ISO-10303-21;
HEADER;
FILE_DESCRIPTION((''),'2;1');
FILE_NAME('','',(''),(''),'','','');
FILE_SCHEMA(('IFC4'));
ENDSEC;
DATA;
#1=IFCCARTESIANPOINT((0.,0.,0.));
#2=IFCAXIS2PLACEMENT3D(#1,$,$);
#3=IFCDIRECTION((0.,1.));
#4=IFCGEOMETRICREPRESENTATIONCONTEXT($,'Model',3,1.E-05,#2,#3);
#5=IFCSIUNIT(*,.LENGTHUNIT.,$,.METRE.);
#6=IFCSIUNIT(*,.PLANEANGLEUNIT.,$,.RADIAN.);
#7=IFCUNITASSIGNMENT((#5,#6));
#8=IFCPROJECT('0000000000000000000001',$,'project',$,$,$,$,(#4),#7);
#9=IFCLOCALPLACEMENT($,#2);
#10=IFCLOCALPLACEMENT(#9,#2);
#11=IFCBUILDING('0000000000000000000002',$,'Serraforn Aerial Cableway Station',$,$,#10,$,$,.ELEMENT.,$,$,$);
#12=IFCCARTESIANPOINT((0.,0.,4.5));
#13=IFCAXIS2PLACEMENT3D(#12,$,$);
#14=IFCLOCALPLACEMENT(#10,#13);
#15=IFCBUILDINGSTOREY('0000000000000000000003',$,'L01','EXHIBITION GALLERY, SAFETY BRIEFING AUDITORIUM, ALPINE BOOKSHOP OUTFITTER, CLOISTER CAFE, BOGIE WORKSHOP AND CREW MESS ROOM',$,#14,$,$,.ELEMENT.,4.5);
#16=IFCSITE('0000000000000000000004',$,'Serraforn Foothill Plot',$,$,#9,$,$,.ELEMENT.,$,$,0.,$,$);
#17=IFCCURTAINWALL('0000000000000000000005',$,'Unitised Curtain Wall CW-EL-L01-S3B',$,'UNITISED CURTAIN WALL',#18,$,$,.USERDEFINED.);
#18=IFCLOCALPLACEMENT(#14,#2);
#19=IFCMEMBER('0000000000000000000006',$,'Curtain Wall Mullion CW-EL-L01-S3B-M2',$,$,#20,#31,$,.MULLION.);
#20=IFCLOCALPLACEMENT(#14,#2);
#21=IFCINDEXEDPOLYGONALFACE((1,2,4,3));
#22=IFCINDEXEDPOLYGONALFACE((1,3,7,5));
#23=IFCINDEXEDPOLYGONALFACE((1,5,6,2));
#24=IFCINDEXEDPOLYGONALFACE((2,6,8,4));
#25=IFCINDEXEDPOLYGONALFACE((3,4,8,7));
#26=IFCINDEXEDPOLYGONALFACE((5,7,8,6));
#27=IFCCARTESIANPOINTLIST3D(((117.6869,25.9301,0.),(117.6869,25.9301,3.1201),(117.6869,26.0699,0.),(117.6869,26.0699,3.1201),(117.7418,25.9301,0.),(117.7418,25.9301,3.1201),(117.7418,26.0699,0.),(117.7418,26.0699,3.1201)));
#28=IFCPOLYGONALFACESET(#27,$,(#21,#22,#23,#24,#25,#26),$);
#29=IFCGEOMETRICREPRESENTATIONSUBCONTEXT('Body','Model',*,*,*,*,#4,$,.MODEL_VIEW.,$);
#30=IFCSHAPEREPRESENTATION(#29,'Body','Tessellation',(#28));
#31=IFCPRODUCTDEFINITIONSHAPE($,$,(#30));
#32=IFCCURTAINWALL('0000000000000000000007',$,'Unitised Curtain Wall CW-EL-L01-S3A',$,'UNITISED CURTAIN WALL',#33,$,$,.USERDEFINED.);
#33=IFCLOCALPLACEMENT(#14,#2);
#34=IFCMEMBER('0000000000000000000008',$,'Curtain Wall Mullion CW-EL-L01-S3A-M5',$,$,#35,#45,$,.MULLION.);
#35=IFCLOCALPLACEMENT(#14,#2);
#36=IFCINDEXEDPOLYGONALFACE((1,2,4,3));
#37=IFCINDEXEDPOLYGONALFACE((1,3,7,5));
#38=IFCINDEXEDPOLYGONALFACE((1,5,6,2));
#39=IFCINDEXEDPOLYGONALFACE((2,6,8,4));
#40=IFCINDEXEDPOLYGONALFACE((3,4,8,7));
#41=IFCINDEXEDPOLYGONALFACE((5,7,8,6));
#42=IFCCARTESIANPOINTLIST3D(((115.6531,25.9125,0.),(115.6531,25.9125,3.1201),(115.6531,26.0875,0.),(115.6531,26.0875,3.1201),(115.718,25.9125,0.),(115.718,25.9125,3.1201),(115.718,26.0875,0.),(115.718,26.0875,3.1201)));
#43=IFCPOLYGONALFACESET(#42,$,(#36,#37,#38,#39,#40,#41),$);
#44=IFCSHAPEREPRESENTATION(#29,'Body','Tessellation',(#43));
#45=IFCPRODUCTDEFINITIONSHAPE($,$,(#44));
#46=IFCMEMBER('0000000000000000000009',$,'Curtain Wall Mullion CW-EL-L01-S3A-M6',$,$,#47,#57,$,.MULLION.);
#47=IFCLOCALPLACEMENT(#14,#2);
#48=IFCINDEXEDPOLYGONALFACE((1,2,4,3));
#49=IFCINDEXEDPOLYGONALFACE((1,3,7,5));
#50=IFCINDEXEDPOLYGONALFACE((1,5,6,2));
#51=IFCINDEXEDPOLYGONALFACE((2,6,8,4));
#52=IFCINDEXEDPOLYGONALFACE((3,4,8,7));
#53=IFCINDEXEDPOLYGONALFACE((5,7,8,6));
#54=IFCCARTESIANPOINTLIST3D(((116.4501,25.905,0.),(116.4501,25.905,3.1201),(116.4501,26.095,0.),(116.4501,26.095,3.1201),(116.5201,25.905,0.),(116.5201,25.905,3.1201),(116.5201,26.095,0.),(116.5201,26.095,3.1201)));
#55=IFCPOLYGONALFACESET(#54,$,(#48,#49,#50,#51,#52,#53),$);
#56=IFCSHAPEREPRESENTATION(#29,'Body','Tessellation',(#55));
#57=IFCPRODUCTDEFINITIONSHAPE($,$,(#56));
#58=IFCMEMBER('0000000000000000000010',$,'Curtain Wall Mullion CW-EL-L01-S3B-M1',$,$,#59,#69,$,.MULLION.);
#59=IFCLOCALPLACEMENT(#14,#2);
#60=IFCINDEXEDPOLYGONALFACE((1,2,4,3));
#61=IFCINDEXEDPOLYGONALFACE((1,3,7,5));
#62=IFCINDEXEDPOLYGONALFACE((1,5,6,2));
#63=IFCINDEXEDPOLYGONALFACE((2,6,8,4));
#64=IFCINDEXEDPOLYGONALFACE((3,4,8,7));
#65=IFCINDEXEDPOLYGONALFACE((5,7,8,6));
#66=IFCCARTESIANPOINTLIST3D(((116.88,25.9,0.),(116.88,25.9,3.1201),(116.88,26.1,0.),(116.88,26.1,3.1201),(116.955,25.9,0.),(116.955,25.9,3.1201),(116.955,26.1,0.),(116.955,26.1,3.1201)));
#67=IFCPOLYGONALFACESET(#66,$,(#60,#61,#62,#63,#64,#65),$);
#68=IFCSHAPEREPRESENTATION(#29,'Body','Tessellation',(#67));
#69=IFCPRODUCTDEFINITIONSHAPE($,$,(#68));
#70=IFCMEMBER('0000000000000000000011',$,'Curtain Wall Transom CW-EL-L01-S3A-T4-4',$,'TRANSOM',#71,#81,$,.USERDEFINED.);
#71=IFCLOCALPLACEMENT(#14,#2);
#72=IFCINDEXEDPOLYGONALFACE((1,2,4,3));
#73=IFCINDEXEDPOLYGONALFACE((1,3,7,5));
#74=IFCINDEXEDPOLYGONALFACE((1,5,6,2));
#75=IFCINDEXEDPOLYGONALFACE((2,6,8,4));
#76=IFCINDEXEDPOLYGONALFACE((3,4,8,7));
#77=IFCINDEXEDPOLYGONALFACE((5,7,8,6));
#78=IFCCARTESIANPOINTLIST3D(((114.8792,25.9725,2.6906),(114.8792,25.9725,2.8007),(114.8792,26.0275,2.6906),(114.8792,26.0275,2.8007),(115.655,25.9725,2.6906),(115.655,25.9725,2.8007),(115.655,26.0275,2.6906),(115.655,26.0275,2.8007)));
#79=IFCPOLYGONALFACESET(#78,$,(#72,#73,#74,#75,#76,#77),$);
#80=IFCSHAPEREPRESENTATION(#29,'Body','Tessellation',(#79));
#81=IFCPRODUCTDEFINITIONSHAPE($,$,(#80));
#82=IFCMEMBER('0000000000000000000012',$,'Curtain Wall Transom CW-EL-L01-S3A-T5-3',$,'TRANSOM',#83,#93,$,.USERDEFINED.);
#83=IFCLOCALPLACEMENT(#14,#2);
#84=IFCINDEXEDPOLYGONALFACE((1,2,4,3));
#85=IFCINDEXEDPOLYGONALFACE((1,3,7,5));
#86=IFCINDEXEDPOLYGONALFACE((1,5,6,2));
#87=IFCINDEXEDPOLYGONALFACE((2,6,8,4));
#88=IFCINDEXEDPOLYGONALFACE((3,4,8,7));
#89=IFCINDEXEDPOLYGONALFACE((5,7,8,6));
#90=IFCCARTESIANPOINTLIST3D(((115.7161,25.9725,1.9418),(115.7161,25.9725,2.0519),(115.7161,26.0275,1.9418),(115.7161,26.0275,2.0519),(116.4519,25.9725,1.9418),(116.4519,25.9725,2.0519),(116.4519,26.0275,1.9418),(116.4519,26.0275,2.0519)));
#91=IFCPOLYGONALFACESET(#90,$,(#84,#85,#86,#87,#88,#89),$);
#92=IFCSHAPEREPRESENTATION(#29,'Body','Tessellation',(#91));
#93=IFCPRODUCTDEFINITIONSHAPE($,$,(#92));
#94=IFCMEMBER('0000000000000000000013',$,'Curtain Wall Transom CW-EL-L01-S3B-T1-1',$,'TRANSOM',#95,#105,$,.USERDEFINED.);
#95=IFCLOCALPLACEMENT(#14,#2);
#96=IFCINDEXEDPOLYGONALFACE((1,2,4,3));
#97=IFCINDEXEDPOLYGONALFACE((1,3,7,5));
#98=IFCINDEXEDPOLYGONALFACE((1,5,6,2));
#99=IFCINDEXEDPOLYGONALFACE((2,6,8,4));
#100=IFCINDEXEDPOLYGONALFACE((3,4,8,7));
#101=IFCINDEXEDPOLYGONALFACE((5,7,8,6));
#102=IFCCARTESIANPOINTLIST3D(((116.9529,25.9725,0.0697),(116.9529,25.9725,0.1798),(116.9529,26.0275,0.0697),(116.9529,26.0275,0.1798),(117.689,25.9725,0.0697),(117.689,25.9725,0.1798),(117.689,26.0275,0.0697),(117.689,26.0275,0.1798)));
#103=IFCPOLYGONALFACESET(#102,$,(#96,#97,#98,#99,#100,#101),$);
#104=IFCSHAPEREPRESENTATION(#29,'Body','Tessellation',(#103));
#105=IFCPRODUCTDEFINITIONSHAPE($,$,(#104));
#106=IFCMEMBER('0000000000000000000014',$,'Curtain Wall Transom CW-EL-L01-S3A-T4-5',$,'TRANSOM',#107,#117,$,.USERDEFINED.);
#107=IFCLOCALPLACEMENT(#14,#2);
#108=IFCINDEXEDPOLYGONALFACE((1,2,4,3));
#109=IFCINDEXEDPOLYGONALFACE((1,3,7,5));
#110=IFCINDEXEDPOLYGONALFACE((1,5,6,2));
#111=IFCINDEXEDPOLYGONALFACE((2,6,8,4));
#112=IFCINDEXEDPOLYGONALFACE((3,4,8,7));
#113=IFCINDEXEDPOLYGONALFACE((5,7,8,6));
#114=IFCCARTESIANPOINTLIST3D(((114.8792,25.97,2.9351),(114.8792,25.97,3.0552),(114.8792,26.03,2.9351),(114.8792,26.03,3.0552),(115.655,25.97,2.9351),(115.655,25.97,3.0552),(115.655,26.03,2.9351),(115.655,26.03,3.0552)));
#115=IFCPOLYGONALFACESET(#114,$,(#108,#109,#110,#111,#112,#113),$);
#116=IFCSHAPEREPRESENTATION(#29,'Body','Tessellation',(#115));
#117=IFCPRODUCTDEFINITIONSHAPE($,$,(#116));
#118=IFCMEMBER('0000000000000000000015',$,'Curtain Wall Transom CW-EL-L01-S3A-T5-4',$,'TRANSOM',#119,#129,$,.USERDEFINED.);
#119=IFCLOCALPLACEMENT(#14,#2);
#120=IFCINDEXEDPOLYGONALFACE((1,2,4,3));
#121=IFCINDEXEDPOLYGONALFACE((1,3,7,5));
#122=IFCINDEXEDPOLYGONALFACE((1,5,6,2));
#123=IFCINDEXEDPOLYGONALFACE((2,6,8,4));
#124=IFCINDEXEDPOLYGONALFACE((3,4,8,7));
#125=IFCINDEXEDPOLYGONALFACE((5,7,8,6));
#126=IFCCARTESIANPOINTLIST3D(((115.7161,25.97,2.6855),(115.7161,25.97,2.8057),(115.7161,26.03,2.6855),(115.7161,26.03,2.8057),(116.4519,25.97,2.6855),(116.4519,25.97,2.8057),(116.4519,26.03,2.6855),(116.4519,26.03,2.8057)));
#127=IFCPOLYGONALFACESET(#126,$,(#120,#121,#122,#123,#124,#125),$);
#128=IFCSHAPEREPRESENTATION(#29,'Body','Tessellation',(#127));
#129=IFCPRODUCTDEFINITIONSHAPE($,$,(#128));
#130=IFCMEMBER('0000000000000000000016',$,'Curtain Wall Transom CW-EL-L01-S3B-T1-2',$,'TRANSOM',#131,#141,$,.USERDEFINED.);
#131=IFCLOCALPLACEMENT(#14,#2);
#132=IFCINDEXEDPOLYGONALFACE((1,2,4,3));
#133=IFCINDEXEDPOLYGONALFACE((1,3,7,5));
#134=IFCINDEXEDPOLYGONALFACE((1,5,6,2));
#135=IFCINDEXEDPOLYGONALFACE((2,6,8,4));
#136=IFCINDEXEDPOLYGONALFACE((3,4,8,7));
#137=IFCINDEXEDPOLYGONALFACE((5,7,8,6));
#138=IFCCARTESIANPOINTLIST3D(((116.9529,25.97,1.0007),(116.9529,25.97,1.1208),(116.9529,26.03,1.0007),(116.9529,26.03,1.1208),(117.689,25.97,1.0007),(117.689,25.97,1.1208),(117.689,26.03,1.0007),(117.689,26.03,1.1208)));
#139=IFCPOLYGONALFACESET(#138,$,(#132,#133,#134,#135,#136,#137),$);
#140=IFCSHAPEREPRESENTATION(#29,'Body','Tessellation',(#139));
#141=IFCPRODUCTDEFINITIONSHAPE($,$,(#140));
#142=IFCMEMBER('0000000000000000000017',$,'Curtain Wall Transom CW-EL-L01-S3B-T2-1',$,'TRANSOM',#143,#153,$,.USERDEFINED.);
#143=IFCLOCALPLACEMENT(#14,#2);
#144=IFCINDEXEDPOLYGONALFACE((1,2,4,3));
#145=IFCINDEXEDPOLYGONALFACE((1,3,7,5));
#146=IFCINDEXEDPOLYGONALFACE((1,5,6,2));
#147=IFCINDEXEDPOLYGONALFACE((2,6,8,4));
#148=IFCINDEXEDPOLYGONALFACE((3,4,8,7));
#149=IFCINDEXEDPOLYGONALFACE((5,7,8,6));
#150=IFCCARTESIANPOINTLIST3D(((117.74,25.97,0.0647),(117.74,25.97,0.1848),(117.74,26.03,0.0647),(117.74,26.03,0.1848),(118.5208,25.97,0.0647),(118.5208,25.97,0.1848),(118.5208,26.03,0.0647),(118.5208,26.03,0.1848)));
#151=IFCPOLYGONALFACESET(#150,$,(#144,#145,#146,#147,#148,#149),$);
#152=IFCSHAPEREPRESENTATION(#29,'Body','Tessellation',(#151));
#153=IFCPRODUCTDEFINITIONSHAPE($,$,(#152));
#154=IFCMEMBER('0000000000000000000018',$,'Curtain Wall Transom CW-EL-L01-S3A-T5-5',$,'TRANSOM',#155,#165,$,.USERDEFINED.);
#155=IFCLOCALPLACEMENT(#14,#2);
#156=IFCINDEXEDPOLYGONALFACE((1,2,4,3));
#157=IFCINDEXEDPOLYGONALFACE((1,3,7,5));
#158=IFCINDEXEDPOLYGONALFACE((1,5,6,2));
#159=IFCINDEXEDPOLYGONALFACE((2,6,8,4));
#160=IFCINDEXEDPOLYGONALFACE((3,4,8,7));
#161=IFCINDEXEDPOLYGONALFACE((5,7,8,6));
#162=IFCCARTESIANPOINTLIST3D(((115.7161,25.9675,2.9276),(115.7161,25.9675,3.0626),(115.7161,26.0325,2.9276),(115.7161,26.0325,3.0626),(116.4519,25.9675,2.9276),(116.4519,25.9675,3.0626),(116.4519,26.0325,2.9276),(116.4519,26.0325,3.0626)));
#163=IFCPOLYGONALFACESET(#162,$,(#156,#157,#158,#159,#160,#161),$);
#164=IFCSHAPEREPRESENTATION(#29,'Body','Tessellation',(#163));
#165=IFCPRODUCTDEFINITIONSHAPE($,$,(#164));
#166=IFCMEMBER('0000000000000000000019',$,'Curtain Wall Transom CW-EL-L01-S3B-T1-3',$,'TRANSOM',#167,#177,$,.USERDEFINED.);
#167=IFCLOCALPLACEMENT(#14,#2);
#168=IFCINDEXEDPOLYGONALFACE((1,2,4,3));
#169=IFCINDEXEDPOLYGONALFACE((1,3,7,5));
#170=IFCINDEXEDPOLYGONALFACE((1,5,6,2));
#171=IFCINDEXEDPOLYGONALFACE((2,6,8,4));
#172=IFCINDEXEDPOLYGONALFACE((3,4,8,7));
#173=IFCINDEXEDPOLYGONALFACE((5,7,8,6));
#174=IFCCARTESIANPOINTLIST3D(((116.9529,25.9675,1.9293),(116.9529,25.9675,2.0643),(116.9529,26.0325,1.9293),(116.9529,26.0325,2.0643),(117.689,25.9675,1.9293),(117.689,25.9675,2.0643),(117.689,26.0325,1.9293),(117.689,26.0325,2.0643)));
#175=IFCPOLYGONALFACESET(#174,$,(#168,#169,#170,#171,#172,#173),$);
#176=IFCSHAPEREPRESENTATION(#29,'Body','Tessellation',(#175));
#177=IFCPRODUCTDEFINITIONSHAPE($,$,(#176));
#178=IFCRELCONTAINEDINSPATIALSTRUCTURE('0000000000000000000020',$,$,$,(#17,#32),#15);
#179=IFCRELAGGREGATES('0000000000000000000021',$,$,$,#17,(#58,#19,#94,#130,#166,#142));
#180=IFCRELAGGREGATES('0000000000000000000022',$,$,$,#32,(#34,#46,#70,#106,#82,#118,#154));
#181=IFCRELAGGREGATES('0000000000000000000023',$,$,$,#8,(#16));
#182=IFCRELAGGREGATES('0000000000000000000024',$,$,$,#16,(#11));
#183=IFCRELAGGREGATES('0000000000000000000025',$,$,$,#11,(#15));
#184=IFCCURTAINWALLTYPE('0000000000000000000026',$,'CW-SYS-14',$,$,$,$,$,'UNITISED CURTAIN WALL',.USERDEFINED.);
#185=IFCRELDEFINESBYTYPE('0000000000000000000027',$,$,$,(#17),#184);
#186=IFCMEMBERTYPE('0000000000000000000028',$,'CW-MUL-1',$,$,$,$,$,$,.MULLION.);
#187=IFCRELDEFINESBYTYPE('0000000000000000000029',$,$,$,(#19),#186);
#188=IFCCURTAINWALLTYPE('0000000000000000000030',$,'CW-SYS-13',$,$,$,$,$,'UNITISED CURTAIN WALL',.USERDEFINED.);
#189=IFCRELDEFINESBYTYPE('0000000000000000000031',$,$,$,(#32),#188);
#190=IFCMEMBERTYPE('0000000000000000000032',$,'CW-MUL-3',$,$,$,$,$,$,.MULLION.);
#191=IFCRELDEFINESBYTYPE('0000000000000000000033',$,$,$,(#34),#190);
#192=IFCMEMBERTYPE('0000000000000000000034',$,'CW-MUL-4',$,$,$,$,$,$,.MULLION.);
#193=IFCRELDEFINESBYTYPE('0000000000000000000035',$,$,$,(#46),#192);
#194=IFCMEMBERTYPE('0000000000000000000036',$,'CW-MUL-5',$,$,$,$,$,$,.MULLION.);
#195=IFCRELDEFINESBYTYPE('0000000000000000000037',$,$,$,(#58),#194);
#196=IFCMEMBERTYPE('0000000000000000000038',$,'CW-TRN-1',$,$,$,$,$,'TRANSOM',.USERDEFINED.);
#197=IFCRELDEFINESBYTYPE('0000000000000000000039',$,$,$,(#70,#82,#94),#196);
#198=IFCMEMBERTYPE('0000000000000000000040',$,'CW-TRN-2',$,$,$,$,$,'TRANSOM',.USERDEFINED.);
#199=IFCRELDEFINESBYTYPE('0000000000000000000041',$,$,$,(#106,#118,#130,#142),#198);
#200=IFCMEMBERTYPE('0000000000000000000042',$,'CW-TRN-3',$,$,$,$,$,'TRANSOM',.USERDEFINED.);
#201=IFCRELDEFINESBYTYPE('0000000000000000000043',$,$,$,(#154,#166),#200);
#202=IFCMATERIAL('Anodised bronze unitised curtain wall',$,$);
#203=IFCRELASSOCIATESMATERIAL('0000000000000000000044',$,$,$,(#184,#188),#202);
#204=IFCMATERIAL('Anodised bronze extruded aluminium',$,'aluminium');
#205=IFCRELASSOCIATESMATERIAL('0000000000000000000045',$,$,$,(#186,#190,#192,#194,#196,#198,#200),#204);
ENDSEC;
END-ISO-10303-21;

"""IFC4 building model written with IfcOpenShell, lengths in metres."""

from ifc_helpers import new_model, si_unit, direction, frame, origin, origin_2d, place, context, subcontext, project, spatial, rectangle, extrude, material, material_profile, profile_set, type_object, element, aggregate, save


model = new_model("IFC4")

# Units and contexts
model_context = context("Model", 3, precision=1e-05, world=origin(), true_north=direction((0.0, 1.0)))
body_context = subcontext(model_context, "Body", "Model", "MODEL_VIEW")
ifc_project = project(units=[si_unit("LENGTHUNIT", "METRE"), si_unit("PLANEANGLEUNIT", "RADIAN")], contexts=[model_context])

# Site, building, storey
site_placement = place(None, origin())
site = spatial("IfcSite", under=ifc_project, at=site_placement, Name="Serraforn Foothill Plot", CompositionType="ELEMENT", RefElevation=0.0)
building_placement = place(site_placement, origin())
building = spatial("IfcBuilding", under=site, at=building_placement, Name="Serraforn Aerial Cableway Station", CompositionType="ELEMENT")
storey_placement = place(building_placement, frame((0.0, 0.0, 4.5)))
storey = spatial("IfcBuildingStorey", under=building, at=storey_placement, Name="L01", Description="EXHIBITION GALLERY, SAFETY BRIEFING AUDITORIUM, ALPINE BOOKSHOP OUTFITTER, CLOISTER CAFE, BOGIE WORKSHOP AND CREW MESS ROOM", CompositionType="ELEMENT", Elevation=4.5)

# Curtain wall, member
ifc_material_1 = material(Name="Anodised bronze unitised curtain wall")
curtain_wall_type_1 = type_object("IfcCurtainWallType", Name="CW-SYS-14", ElementType="UNITISED CURTAIN WALL", PredefinedType="USERDEFINED", material=ifc_material_1)
curtain_wall_1_placement = place(storey_placement, origin())
curtain_wall_1 = element("IfcCurtainWall", 1, at=curtain_wall_1_placement, inside=storey, type_object=curtain_wall_type_1, Name="Unitised Curtain Wall CW-EL-L01-S3B", ObjectType="UNITISED CURTAIN WALL", PredefinedType="USERDEFINED")
ifc_material_2 = material(Name="Anodised bronze extruded aluminium", Category="aluminium")
ifc_material_profile_1 = material_profile(ifc_material_2, rectangle(XDim=0.0549, YDim=0.1399, at=origin_2d()), Name="CW MULLION 55x140")
ifc_profile_set_1 = profile_set([ifc_material_profile_1], Name="Anodised bronze extruded aluminium")
member_type_1 = type_object("IfcMemberType", Name="CW-MUL-1", PredefinedType="MULLION", material=ifc_profile_set_1)
member_1_placement = place(storey_placement, frame((117.7144, 26.0, 0.0), z_axis=(0.0, 0.0, 1.0), x_axis=(1.0, 0.0, 0.0)))
member_1 = element("IfcMember", 2, at=member_1_placement, type_object=member_type_1, Name="Curtain Wall Mullion CW-EL-L01-S3B-M2", PredefinedType="MULLION", context=body_context, shape_type="SweptSolid", body=[
    extrude(rectangle(XDim=0.0549, YDim=0.1399, at=origin_2d()), origin(), (0.0, 0.0, 1.0), 3.1201),
])

# Curtain wall, members
curtain_wall_type_2 = type_object("IfcCurtainWallType", Name="CW-SYS-13", ElementType="UNITISED CURTAIN WALL", PredefinedType="USERDEFINED", material=ifc_material_1)
curtain_wall_2_placement = place(storey_placement, origin())
curtain_wall_2 = element("IfcCurtainWall", 3, at=curtain_wall_2_placement, inside=storey, type_object=curtain_wall_type_2, Name="Unitised Curtain Wall CW-EL-L01-S3A", ObjectType="UNITISED CURTAIN WALL", PredefinedType="USERDEFINED")
ifc_material_profile_2 = material_profile(ifc_material_2, rectangle(XDim=0.0649, YDim=0.175, at=origin_2d()), Name="CW MULLION 65x175")
ifc_profile_set_2 = profile_set([ifc_material_profile_2], Name="Anodised bronze extruded aluminium")
member_type_2 = type_object("IfcMemberType", Name="CW-MUL-3", PredefinedType="MULLION", material=ifc_profile_set_2)
member_2_placement = place(storey_placement, frame((115.6855, 26.0, 0.0), z_axis=(0.0, 0.0, 1.0), x_axis=(1.0, 0.0, 0.0)))
member_2 = element("IfcMember", 4, at=member_2_placement, type_object=member_type_2, Name="Curtain Wall Mullion CW-EL-L01-S3A-M5", PredefinedType="MULLION", context=body_context, shape_type="SweptSolid", body=[
    extrude(rectangle(XDim=0.0649, YDim=0.175, at=origin_2d()), origin(), (0.0, 0.0, 1.0), 3.1201),
])
ifc_material_profile_3 = material_profile(ifc_material_2, rectangle(XDim=0.0701, YDim=0.1899, at=origin_2d()), Name="CW MULLION 70x190")
ifc_profile_set_3 = profile_set([ifc_material_profile_3], Name="Anodised bronze extruded aluminium")
member_type_3 = type_object("IfcMemberType", Name="CW-MUL-4", PredefinedType="MULLION", material=ifc_profile_set_3)
member_3_placement = place(storey_placement, frame((116.4851, 26.0, 0.0), z_axis=(0.0, 0.0, 1.0), x_axis=(1.0, 0.0, 0.0)))
member_3 = element("IfcMember", 5, at=member_3_placement, type_object=member_type_3, Name="Curtain Wall Mullion CW-EL-L01-S3A-M6", PredefinedType="MULLION", context=body_context, shape_type="SweptSolid", body=[
    extrude(rectangle(XDim=0.0701, YDim=0.1899, at=origin_2d()), origin(), (0.0, 0.0, 1.0), 3.1201),
])

# Members
ifc_material_profile_4 = material_profile(ifc_material_2, rectangle(XDim=0.075, YDim=0.2, at=origin_2d()), Name="CW MULLION 75x200")
ifc_profile_set_4 = profile_set([ifc_material_profile_4], Name="Anodised bronze extruded aluminium")
member_type_4 = type_object("IfcMemberType", Name="CW-MUL-5", PredefinedType="MULLION", material=ifc_profile_set_4)
member_4_placement = place(storey_placement, frame((116.9175, 26.0, 0.0), z_axis=(0.0, 0.0, 1.0), x_axis=(1.0, 0.0, 0.0)))
member_4 = element("IfcMember", 6, at=member_4_placement, type_object=member_type_4, Name="Curtain Wall Mullion CW-EL-L01-S3B-M1", PredefinedType="MULLION", context=body_context, shape_type="SweptSolid", body=[
    extrude(rectangle(XDim=0.075, YDim=0.2, at=origin_2d()), origin(), (0.0, 0.0, 1.0), 3.1201),
])
ifc_material_profile_5 = material_profile(ifc_material_2, rectangle(XDim=0.0549, YDim=0.1101, at=origin_2d()), Name="CW TRANSOM 55x110")
ifc_profile_set_5 = profile_set([ifc_material_profile_5], Name="Anodised bronze extruded aluminium")
member_type_5 = type_object("IfcMemberType", Name="CW-TRN-1", ElementType="TRANSOM", PredefinedType="USERDEFINED", material=ifc_profile_set_5)
member_5_placement = place(storey_placement, frame((114.8792, 26.0, 2.7456), z_axis=(1.0, 0.0, 0.0), x_axis=(0.0, 1.0, 0.0)))
member_5 = element("IfcMember", 7, at=member_5_placement, type_object=member_type_5, Name="Curtain Wall Transom CW-EL-L01-S3A-T4-4", ObjectType="TRANSOM", PredefinedType="USERDEFINED", context=body_context, shape_type="SweptSolid", body=[
    extrude(rectangle(XDim=0.0549, YDim=0.1101, at=origin_2d()), origin(), (0.0, 0.0, 1.0), 0.7759),
])
member_6_placement = place(storey_placement, frame((115.7161, 26.0, 1.9968), z_axis=(1.0, 0.0, 0.0), x_axis=(0.0, 1.0, 0.0)))
member_6 = element("IfcMember", 8, at=member_6_placement, type_object=member_type_5, Name="Curtain Wall Transom CW-EL-L01-S3A-T5-3", ObjectType="TRANSOM", PredefinedType="USERDEFINED", context=body_context, shape_type="SweptSolid", body=[
    extrude(rectangle(XDim=0.0549, YDim=0.1101, at=origin_2d()), origin(), (0.0, 0.0, 1.0), 0.7358),
])
member_7_placement = place(storey_placement, frame((116.9529, 26.0, 0.1248), z_axis=(1.0, 0.0, 0.0), x_axis=(0.0, 1.0, 0.0)))
member_7 = element("IfcMember", 9, at=member_7_placement, type_object=member_type_5, Name="Curtain Wall Transom CW-EL-L01-S3B-T1-1", ObjectType="TRANSOM", PredefinedType="USERDEFINED", context=body_context, shape_type="SweptSolid", body=[
    extrude(rectangle(XDim=0.0549, YDim=0.1101, at=origin_2d()), origin(), (0.0, 0.0, 1.0), 0.7361),
])
ifc_material_profile_6 = material_profile(ifc_material_2, rectangle(XDim=0.0601, YDim=0.1201, at=origin_2d()), Name="CW TRANSOM 60x120")
ifc_profile_set_6 = profile_set([ifc_material_profile_6], Name="Anodised bronze extruded aluminium")
member_type_6 = type_object("IfcMemberType", Name="CW-TRN-2", ElementType="TRANSOM", PredefinedType="USERDEFINED", material=ifc_profile_set_6)
member_8_placement = place(storey_placement, frame((114.8792, 26.0, 2.9951), z_axis=(1.0, 0.0, 0.0), x_axis=(0.0, 1.0, 0.0)))
member_8 = element("IfcMember", 10, at=member_8_placement, type_object=member_type_6, Name="Curtain Wall Transom CW-EL-L01-S3A-T4-5", ObjectType="TRANSOM", PredefinedType="USERDEFINED", context=body_context, shape_type="SweptSolid", body=[
    extrude(rectangle(XDim=0.0601, YDim=0.1201, at=origin_2d()), origin(), (0.0, 0.0, 1.0), 0.7759),
])
member_9_placement = place(storey_placement, frame((115.7161, 26.0, 2.7456), z_axis=(1.0, 0.0, 0.0), x_axis=(0.0, 1.0, 0.0)))
member_9 = element("IfcMember", 11, at=member_9_placement, type_object=member_type_6, Name="Curtain Wall Transom CW-EL-L01-S3A-T5-4", ObjectType="TRANSOM", PredefinedType="USERDEFINED", context=body_context, shape_type="SweptSolid", body=[
    extrude(rectangle(XDim=0.0601, YDim=0.1201, at=origin_2d()), origin(), (0.0, 0.0, 1.0), 0.7358),
])
member_10_placement = place(storey_placement, frame((116.9529, 26.0, 1.0608), z_axis=(1.0, 0.0, 0.0), x_axis=(0.0, 1.0, 0.0)))
member_10 = element("IfcMember", 12, at=member_10_placement, type_object=member_type_6, Name="Curtain Wall Transom CW-EL-L01-S3B-T1-2", ObjectType="TRANSOM", PredefinedType="USERDEFINED", context=body_context, shape_type="SweptSolid", body=[
    extrude(rectangle(XDim=0.0601, YDim=0.1201, at=origin_2d()), origin(), (0.0, 0.0, 1.0), 0.7361),
])
member_11_placement = place(storey_placement, frame((117.74, 26.0, 0.1248), z_axis=(1.0, 0.0, 0.0), x_axis=(0.0, 1.0, 0.0)))
member_11 = element("IfcMember", 13, at=member_11_placement, type_object=member_type_6, Name="Curtain Wall Transom CW-EL-L01-S3B-T2-1", ObjectType="TRANSOM", PredefinedType="USERDEFINED", context=body_context, shape_type="SweptSolid", body=[
    extrude(rectangle(XDim=0.0601, YDim=0.1201, at=origin_2d()), origin(), (0.0, 0.0, 1.0), 0.7808),
])
ifc_material_profile_7 = material_profile(ifc_material_2, rectangle(XDim=0.0649, YDim=0.135, at=origin_2d()), Name="CW TRANSOM 65x135")
ifc_profile_set_7 = profile_set([ifc_material_profile_7], Name="Anodised bronze extruded aluminium")
member_type_7 = type_object("IfcMemberType", Name="CW-TRN-3", ElementType="TRANSOM", PredefinedType="USERDEFINED", material=ifc_profile_set_7)
member_12_placement = place(storey_placement, frame((115.7161, 26.0, 2.9951), z_axis=(1.0, 0.0, 0.0), x_axis=(0.0, 1.0, 0.0)))
member_12 = element("IfcMember", 14, at=member_12_placement, type_object=member_type_7, Name="Curtain Wall Transom CW-EL-L01-S3A-T5-5", ObjectType="TRANSOM", PredefinedType="USERDEFINED", context=body_context, shape_type="SweptSolid", body=[
    extrude(rectangle(XDim=0.0649, YDim=0.135, at=origin_2d()), origin(), (0.0, 0.0, 1.0), 0.7358),
])
member_13_placement = place(storey_placement, frame((116.9529, 26.0, 1.9968), z_axis=(1.0, 0.0, 0.0), x_axis=(0.0, 1.0, 0.0)))
member_13 = element("IfcMember", 15, at=member_13_placement, type_object=member_type_7, Name="Curtain Wall Transom CW-EL-L01-S3B-T1-3", ObjectType="TRANSOM", PredefinedType="USERDEFINED", context=body_context, shape_type="SweptSolid", body=[
    extrude(rectangle(XDim=0.0649, YDim=0.135, at=origin_2d()), origin(), (0.0, 0.0, 1.0), 0.7361),
])

aggregate(curtain_wall_1, [member_4, member_1, member_7, member_10, member_13, member_11])
aggregate(curtain_wall_2, [member_2, member_3, member_5, member_8, member_6, member_9, member_12])

save(model, "model.ifc")
